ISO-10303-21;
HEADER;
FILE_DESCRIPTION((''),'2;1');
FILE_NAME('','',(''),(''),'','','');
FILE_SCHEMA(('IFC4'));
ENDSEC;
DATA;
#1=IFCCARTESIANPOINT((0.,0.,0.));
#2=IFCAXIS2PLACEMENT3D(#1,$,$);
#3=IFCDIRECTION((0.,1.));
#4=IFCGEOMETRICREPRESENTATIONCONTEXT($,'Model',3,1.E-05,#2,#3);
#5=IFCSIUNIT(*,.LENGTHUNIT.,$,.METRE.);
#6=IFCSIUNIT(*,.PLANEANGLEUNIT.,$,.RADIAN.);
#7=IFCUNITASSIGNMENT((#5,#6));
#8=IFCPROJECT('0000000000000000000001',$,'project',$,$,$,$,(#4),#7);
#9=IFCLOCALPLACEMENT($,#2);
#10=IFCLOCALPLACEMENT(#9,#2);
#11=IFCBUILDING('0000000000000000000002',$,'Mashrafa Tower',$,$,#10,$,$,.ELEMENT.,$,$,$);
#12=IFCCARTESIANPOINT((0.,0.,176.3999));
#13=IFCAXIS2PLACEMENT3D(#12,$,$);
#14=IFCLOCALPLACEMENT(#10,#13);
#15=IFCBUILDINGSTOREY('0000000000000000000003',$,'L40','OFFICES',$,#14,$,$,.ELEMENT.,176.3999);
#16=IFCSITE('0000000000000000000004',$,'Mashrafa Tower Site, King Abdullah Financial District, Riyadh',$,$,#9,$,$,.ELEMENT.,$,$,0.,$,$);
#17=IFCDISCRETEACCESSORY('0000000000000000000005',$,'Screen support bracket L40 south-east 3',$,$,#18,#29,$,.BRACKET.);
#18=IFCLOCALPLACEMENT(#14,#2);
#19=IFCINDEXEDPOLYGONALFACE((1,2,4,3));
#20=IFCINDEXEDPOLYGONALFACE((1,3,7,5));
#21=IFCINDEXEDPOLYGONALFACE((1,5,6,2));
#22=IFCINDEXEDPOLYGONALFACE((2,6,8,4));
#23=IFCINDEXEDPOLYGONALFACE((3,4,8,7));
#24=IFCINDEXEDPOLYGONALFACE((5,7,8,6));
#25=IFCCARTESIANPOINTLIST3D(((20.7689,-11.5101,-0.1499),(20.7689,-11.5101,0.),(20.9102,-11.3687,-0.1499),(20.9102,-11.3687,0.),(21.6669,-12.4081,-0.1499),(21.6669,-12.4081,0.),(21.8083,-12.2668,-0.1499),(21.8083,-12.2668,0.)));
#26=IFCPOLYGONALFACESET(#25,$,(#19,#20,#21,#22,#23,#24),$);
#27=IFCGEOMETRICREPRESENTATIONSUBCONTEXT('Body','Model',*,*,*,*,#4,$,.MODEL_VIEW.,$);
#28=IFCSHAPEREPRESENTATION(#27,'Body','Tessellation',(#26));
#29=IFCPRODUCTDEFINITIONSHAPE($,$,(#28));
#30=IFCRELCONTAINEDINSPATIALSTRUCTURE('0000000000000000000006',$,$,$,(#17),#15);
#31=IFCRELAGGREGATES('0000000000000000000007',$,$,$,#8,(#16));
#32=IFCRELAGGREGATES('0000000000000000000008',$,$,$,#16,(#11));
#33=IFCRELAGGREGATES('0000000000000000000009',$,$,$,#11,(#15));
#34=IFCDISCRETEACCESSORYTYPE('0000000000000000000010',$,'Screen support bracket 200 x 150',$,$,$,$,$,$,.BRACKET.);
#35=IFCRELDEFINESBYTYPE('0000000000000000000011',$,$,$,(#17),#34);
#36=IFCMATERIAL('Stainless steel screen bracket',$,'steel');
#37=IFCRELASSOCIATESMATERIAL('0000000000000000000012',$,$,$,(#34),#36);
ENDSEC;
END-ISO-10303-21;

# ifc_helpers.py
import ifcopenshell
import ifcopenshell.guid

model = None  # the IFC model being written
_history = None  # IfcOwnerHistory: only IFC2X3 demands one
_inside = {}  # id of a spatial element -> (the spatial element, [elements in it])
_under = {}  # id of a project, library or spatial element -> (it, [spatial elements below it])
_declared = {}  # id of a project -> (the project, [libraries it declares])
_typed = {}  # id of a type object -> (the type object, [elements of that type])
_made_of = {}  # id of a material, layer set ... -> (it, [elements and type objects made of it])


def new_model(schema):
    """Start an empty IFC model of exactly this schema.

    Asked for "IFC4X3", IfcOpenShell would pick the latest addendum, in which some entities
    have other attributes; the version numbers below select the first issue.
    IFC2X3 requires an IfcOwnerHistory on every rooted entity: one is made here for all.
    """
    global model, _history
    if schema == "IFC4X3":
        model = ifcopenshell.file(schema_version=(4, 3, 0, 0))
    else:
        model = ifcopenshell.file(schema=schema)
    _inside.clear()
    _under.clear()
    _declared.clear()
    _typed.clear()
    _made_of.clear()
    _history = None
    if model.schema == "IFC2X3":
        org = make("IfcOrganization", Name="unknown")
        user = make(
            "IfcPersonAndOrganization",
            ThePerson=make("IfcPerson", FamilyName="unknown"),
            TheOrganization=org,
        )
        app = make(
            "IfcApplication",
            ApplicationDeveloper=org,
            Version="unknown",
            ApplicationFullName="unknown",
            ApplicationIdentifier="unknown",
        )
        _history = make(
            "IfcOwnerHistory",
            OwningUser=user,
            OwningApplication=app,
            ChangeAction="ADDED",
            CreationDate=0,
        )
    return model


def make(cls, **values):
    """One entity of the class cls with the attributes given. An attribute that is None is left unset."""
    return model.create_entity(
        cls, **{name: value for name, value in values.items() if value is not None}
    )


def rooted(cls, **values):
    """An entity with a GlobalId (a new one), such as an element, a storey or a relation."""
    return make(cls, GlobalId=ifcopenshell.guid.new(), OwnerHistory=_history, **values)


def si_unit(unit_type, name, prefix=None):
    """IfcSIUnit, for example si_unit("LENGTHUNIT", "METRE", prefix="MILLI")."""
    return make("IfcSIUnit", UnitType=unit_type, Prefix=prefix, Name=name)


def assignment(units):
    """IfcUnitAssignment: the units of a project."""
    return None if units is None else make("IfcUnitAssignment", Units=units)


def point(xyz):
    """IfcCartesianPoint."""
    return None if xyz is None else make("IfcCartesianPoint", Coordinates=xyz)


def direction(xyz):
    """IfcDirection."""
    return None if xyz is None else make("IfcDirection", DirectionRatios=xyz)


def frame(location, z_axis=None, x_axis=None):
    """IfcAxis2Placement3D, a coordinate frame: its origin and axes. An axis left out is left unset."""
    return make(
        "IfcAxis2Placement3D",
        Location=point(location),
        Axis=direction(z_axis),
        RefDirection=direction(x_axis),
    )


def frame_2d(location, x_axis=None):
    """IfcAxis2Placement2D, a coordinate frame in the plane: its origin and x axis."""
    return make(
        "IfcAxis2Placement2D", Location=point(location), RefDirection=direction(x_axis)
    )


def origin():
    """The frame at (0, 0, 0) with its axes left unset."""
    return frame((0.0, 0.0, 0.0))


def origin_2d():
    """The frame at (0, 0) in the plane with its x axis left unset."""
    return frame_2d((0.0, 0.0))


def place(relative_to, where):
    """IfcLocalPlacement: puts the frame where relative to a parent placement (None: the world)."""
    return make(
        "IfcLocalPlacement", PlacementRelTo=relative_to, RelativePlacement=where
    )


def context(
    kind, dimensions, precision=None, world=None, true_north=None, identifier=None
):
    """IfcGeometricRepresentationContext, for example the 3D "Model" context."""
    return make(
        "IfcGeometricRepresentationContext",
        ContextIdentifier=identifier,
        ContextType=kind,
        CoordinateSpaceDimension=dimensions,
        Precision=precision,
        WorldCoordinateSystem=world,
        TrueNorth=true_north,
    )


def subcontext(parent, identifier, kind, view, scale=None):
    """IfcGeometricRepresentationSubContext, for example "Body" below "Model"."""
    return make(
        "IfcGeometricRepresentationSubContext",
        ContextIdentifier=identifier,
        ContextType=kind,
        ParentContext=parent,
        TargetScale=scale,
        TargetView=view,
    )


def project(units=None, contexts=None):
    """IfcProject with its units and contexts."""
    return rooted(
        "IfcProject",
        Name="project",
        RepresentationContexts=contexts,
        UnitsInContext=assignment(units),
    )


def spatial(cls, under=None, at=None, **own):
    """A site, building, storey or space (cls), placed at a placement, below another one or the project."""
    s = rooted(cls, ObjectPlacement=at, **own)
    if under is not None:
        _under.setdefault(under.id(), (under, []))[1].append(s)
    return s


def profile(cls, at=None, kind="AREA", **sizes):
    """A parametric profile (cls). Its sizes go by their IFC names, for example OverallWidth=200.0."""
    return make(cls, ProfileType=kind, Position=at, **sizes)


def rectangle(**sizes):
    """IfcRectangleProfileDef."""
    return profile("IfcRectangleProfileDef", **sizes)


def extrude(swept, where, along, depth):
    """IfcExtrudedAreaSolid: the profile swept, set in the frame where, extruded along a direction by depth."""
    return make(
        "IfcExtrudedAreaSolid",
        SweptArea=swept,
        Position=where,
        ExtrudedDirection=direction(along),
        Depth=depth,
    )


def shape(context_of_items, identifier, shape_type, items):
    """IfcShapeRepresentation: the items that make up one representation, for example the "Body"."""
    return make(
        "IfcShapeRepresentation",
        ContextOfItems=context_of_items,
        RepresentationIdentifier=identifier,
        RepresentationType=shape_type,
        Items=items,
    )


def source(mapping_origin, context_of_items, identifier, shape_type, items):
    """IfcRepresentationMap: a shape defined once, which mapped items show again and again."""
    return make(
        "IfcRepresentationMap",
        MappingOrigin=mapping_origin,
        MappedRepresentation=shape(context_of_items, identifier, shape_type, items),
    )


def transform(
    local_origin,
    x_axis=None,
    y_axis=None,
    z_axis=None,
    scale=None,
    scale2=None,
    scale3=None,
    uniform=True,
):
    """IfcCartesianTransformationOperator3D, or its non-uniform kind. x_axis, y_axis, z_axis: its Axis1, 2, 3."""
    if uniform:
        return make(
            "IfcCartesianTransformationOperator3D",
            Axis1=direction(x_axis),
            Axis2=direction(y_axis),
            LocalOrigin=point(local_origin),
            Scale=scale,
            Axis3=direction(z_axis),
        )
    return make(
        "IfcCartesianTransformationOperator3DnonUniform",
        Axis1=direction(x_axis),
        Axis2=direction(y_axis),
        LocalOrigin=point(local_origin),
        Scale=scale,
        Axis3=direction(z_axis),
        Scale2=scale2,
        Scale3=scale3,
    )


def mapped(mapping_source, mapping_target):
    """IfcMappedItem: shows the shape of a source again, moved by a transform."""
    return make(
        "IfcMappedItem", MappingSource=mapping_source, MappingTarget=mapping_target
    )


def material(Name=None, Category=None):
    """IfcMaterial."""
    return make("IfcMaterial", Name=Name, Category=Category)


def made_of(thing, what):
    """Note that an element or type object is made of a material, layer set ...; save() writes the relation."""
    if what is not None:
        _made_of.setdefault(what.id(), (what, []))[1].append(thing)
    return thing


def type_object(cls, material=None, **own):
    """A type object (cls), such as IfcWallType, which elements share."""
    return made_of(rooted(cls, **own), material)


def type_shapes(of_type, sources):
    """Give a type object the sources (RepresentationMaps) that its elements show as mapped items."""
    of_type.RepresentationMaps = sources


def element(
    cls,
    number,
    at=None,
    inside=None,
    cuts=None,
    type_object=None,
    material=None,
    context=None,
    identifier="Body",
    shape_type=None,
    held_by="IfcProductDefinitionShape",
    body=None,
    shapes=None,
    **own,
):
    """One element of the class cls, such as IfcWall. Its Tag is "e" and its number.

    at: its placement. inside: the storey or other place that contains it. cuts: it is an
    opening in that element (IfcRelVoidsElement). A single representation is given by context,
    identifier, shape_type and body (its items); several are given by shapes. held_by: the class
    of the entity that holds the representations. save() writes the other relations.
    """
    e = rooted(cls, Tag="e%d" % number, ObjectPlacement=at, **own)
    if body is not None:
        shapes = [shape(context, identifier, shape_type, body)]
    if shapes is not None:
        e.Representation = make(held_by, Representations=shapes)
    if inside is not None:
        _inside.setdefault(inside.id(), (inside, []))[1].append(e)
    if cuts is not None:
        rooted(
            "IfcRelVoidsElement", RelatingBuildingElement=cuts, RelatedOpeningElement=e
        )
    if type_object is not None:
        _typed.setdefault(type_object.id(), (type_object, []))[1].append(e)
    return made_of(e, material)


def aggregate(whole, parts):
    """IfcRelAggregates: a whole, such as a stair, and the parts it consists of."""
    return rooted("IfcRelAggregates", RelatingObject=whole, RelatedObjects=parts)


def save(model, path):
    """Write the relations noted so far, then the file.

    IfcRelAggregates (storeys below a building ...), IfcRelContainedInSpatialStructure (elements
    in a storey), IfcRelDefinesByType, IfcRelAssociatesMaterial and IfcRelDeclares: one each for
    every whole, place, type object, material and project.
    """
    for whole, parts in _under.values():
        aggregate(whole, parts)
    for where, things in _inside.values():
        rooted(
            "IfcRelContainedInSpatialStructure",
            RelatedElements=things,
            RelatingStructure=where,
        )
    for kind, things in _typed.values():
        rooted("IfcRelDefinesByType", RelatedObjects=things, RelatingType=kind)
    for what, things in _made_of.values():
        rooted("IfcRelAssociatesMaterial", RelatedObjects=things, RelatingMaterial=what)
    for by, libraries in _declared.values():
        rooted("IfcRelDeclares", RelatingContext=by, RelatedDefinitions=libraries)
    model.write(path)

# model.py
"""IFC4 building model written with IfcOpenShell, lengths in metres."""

from ifc_helpers import new_model, si_unit, direction, frame, origin, origin_2d, place, context, subcontext, project, spatial, rectangle, extrude, source, transform, mapped, material, type_object, type_shapes, element, save


model = new_model("IFC4")

# Units and contexts
model_context = context("Model", 3, precision=1e-05, world=origin(), true_north=direction((0.0, 1.0)))
body_context = subcontext(model_context, "Body", "Model", "MODEL_VIEW")
ifc_project = project(units=[si_unit("LENGTHUNIT", "METRE"), si_unit("PLANEANGLEUNIT", "RADIAN")], contexts=[model_context])

# Site, building, storey
site_placement = place(None, origin())
site = spatial("IfcSite", under=ifc_project, at=site_placement, Name="Mashrafa Tower Site, King Abdullah Financial District, Riyadh", CompositionType="ELEMENT", RefElevation=0.0)
building_placement = place(site_placement, origin())
building = spatial("IfcBuilding", under=site, at=building_placement, Name="Mashrafa Tower", CompositionType="ELEMENT")
storey_placement = place(building_placement, frame((0.0, 0.0, 176.3999)))
storey = spatial("IfcBuildingStorey", under=building, at=storey_placement, Name="L40", Description="OFFICES", CompositionType="ELEMENT", Elevation=176.3999)

# Discrete accessory
ifc_material_1 = material(Name="Stainless steel screen bracket", Category="steel")
discrete_accessory_type = type_object("IfcDiscreteAccessoryType", Name="Screen support bracket 200 x 150", PredefinedType="BRACKET", material=ifc_material_1)
shared_shape_1 = source(origin(), body_context, "Body", "SweptSolid", [
    extrude(rectangle(XDim=0.2, YDim=1.27, at=origin_2d()), origin(), (0.0, 0.0, 1.0), 0.1499),
])
type_shapes(discrete_accessory_type, [shared_shape_1])
for number, where, z_axis, x_axis, name in (
    (1, (21.2886, -11.8884, -0.1499), (0.0, 0.0, 1.0), (0.707107, 0.707107, 0.0), "Screen support bracket L40 south-east 3"),
):
    element("IfcDiscreteAccessory", number, at=place(storey_placement, frame(where, z_axis=z_axis, x_axis=x_axis)), inside=storey, type_object=discrete_accessory_type, Name=name, PredefinedType="BRACKET", context=body_context, shape_type="MappedRepresentation", body=[
        mapped(shared_shape_1, transform((0.0, 0.0, 0.0))),
    ])

save(model, "model.ifc")
